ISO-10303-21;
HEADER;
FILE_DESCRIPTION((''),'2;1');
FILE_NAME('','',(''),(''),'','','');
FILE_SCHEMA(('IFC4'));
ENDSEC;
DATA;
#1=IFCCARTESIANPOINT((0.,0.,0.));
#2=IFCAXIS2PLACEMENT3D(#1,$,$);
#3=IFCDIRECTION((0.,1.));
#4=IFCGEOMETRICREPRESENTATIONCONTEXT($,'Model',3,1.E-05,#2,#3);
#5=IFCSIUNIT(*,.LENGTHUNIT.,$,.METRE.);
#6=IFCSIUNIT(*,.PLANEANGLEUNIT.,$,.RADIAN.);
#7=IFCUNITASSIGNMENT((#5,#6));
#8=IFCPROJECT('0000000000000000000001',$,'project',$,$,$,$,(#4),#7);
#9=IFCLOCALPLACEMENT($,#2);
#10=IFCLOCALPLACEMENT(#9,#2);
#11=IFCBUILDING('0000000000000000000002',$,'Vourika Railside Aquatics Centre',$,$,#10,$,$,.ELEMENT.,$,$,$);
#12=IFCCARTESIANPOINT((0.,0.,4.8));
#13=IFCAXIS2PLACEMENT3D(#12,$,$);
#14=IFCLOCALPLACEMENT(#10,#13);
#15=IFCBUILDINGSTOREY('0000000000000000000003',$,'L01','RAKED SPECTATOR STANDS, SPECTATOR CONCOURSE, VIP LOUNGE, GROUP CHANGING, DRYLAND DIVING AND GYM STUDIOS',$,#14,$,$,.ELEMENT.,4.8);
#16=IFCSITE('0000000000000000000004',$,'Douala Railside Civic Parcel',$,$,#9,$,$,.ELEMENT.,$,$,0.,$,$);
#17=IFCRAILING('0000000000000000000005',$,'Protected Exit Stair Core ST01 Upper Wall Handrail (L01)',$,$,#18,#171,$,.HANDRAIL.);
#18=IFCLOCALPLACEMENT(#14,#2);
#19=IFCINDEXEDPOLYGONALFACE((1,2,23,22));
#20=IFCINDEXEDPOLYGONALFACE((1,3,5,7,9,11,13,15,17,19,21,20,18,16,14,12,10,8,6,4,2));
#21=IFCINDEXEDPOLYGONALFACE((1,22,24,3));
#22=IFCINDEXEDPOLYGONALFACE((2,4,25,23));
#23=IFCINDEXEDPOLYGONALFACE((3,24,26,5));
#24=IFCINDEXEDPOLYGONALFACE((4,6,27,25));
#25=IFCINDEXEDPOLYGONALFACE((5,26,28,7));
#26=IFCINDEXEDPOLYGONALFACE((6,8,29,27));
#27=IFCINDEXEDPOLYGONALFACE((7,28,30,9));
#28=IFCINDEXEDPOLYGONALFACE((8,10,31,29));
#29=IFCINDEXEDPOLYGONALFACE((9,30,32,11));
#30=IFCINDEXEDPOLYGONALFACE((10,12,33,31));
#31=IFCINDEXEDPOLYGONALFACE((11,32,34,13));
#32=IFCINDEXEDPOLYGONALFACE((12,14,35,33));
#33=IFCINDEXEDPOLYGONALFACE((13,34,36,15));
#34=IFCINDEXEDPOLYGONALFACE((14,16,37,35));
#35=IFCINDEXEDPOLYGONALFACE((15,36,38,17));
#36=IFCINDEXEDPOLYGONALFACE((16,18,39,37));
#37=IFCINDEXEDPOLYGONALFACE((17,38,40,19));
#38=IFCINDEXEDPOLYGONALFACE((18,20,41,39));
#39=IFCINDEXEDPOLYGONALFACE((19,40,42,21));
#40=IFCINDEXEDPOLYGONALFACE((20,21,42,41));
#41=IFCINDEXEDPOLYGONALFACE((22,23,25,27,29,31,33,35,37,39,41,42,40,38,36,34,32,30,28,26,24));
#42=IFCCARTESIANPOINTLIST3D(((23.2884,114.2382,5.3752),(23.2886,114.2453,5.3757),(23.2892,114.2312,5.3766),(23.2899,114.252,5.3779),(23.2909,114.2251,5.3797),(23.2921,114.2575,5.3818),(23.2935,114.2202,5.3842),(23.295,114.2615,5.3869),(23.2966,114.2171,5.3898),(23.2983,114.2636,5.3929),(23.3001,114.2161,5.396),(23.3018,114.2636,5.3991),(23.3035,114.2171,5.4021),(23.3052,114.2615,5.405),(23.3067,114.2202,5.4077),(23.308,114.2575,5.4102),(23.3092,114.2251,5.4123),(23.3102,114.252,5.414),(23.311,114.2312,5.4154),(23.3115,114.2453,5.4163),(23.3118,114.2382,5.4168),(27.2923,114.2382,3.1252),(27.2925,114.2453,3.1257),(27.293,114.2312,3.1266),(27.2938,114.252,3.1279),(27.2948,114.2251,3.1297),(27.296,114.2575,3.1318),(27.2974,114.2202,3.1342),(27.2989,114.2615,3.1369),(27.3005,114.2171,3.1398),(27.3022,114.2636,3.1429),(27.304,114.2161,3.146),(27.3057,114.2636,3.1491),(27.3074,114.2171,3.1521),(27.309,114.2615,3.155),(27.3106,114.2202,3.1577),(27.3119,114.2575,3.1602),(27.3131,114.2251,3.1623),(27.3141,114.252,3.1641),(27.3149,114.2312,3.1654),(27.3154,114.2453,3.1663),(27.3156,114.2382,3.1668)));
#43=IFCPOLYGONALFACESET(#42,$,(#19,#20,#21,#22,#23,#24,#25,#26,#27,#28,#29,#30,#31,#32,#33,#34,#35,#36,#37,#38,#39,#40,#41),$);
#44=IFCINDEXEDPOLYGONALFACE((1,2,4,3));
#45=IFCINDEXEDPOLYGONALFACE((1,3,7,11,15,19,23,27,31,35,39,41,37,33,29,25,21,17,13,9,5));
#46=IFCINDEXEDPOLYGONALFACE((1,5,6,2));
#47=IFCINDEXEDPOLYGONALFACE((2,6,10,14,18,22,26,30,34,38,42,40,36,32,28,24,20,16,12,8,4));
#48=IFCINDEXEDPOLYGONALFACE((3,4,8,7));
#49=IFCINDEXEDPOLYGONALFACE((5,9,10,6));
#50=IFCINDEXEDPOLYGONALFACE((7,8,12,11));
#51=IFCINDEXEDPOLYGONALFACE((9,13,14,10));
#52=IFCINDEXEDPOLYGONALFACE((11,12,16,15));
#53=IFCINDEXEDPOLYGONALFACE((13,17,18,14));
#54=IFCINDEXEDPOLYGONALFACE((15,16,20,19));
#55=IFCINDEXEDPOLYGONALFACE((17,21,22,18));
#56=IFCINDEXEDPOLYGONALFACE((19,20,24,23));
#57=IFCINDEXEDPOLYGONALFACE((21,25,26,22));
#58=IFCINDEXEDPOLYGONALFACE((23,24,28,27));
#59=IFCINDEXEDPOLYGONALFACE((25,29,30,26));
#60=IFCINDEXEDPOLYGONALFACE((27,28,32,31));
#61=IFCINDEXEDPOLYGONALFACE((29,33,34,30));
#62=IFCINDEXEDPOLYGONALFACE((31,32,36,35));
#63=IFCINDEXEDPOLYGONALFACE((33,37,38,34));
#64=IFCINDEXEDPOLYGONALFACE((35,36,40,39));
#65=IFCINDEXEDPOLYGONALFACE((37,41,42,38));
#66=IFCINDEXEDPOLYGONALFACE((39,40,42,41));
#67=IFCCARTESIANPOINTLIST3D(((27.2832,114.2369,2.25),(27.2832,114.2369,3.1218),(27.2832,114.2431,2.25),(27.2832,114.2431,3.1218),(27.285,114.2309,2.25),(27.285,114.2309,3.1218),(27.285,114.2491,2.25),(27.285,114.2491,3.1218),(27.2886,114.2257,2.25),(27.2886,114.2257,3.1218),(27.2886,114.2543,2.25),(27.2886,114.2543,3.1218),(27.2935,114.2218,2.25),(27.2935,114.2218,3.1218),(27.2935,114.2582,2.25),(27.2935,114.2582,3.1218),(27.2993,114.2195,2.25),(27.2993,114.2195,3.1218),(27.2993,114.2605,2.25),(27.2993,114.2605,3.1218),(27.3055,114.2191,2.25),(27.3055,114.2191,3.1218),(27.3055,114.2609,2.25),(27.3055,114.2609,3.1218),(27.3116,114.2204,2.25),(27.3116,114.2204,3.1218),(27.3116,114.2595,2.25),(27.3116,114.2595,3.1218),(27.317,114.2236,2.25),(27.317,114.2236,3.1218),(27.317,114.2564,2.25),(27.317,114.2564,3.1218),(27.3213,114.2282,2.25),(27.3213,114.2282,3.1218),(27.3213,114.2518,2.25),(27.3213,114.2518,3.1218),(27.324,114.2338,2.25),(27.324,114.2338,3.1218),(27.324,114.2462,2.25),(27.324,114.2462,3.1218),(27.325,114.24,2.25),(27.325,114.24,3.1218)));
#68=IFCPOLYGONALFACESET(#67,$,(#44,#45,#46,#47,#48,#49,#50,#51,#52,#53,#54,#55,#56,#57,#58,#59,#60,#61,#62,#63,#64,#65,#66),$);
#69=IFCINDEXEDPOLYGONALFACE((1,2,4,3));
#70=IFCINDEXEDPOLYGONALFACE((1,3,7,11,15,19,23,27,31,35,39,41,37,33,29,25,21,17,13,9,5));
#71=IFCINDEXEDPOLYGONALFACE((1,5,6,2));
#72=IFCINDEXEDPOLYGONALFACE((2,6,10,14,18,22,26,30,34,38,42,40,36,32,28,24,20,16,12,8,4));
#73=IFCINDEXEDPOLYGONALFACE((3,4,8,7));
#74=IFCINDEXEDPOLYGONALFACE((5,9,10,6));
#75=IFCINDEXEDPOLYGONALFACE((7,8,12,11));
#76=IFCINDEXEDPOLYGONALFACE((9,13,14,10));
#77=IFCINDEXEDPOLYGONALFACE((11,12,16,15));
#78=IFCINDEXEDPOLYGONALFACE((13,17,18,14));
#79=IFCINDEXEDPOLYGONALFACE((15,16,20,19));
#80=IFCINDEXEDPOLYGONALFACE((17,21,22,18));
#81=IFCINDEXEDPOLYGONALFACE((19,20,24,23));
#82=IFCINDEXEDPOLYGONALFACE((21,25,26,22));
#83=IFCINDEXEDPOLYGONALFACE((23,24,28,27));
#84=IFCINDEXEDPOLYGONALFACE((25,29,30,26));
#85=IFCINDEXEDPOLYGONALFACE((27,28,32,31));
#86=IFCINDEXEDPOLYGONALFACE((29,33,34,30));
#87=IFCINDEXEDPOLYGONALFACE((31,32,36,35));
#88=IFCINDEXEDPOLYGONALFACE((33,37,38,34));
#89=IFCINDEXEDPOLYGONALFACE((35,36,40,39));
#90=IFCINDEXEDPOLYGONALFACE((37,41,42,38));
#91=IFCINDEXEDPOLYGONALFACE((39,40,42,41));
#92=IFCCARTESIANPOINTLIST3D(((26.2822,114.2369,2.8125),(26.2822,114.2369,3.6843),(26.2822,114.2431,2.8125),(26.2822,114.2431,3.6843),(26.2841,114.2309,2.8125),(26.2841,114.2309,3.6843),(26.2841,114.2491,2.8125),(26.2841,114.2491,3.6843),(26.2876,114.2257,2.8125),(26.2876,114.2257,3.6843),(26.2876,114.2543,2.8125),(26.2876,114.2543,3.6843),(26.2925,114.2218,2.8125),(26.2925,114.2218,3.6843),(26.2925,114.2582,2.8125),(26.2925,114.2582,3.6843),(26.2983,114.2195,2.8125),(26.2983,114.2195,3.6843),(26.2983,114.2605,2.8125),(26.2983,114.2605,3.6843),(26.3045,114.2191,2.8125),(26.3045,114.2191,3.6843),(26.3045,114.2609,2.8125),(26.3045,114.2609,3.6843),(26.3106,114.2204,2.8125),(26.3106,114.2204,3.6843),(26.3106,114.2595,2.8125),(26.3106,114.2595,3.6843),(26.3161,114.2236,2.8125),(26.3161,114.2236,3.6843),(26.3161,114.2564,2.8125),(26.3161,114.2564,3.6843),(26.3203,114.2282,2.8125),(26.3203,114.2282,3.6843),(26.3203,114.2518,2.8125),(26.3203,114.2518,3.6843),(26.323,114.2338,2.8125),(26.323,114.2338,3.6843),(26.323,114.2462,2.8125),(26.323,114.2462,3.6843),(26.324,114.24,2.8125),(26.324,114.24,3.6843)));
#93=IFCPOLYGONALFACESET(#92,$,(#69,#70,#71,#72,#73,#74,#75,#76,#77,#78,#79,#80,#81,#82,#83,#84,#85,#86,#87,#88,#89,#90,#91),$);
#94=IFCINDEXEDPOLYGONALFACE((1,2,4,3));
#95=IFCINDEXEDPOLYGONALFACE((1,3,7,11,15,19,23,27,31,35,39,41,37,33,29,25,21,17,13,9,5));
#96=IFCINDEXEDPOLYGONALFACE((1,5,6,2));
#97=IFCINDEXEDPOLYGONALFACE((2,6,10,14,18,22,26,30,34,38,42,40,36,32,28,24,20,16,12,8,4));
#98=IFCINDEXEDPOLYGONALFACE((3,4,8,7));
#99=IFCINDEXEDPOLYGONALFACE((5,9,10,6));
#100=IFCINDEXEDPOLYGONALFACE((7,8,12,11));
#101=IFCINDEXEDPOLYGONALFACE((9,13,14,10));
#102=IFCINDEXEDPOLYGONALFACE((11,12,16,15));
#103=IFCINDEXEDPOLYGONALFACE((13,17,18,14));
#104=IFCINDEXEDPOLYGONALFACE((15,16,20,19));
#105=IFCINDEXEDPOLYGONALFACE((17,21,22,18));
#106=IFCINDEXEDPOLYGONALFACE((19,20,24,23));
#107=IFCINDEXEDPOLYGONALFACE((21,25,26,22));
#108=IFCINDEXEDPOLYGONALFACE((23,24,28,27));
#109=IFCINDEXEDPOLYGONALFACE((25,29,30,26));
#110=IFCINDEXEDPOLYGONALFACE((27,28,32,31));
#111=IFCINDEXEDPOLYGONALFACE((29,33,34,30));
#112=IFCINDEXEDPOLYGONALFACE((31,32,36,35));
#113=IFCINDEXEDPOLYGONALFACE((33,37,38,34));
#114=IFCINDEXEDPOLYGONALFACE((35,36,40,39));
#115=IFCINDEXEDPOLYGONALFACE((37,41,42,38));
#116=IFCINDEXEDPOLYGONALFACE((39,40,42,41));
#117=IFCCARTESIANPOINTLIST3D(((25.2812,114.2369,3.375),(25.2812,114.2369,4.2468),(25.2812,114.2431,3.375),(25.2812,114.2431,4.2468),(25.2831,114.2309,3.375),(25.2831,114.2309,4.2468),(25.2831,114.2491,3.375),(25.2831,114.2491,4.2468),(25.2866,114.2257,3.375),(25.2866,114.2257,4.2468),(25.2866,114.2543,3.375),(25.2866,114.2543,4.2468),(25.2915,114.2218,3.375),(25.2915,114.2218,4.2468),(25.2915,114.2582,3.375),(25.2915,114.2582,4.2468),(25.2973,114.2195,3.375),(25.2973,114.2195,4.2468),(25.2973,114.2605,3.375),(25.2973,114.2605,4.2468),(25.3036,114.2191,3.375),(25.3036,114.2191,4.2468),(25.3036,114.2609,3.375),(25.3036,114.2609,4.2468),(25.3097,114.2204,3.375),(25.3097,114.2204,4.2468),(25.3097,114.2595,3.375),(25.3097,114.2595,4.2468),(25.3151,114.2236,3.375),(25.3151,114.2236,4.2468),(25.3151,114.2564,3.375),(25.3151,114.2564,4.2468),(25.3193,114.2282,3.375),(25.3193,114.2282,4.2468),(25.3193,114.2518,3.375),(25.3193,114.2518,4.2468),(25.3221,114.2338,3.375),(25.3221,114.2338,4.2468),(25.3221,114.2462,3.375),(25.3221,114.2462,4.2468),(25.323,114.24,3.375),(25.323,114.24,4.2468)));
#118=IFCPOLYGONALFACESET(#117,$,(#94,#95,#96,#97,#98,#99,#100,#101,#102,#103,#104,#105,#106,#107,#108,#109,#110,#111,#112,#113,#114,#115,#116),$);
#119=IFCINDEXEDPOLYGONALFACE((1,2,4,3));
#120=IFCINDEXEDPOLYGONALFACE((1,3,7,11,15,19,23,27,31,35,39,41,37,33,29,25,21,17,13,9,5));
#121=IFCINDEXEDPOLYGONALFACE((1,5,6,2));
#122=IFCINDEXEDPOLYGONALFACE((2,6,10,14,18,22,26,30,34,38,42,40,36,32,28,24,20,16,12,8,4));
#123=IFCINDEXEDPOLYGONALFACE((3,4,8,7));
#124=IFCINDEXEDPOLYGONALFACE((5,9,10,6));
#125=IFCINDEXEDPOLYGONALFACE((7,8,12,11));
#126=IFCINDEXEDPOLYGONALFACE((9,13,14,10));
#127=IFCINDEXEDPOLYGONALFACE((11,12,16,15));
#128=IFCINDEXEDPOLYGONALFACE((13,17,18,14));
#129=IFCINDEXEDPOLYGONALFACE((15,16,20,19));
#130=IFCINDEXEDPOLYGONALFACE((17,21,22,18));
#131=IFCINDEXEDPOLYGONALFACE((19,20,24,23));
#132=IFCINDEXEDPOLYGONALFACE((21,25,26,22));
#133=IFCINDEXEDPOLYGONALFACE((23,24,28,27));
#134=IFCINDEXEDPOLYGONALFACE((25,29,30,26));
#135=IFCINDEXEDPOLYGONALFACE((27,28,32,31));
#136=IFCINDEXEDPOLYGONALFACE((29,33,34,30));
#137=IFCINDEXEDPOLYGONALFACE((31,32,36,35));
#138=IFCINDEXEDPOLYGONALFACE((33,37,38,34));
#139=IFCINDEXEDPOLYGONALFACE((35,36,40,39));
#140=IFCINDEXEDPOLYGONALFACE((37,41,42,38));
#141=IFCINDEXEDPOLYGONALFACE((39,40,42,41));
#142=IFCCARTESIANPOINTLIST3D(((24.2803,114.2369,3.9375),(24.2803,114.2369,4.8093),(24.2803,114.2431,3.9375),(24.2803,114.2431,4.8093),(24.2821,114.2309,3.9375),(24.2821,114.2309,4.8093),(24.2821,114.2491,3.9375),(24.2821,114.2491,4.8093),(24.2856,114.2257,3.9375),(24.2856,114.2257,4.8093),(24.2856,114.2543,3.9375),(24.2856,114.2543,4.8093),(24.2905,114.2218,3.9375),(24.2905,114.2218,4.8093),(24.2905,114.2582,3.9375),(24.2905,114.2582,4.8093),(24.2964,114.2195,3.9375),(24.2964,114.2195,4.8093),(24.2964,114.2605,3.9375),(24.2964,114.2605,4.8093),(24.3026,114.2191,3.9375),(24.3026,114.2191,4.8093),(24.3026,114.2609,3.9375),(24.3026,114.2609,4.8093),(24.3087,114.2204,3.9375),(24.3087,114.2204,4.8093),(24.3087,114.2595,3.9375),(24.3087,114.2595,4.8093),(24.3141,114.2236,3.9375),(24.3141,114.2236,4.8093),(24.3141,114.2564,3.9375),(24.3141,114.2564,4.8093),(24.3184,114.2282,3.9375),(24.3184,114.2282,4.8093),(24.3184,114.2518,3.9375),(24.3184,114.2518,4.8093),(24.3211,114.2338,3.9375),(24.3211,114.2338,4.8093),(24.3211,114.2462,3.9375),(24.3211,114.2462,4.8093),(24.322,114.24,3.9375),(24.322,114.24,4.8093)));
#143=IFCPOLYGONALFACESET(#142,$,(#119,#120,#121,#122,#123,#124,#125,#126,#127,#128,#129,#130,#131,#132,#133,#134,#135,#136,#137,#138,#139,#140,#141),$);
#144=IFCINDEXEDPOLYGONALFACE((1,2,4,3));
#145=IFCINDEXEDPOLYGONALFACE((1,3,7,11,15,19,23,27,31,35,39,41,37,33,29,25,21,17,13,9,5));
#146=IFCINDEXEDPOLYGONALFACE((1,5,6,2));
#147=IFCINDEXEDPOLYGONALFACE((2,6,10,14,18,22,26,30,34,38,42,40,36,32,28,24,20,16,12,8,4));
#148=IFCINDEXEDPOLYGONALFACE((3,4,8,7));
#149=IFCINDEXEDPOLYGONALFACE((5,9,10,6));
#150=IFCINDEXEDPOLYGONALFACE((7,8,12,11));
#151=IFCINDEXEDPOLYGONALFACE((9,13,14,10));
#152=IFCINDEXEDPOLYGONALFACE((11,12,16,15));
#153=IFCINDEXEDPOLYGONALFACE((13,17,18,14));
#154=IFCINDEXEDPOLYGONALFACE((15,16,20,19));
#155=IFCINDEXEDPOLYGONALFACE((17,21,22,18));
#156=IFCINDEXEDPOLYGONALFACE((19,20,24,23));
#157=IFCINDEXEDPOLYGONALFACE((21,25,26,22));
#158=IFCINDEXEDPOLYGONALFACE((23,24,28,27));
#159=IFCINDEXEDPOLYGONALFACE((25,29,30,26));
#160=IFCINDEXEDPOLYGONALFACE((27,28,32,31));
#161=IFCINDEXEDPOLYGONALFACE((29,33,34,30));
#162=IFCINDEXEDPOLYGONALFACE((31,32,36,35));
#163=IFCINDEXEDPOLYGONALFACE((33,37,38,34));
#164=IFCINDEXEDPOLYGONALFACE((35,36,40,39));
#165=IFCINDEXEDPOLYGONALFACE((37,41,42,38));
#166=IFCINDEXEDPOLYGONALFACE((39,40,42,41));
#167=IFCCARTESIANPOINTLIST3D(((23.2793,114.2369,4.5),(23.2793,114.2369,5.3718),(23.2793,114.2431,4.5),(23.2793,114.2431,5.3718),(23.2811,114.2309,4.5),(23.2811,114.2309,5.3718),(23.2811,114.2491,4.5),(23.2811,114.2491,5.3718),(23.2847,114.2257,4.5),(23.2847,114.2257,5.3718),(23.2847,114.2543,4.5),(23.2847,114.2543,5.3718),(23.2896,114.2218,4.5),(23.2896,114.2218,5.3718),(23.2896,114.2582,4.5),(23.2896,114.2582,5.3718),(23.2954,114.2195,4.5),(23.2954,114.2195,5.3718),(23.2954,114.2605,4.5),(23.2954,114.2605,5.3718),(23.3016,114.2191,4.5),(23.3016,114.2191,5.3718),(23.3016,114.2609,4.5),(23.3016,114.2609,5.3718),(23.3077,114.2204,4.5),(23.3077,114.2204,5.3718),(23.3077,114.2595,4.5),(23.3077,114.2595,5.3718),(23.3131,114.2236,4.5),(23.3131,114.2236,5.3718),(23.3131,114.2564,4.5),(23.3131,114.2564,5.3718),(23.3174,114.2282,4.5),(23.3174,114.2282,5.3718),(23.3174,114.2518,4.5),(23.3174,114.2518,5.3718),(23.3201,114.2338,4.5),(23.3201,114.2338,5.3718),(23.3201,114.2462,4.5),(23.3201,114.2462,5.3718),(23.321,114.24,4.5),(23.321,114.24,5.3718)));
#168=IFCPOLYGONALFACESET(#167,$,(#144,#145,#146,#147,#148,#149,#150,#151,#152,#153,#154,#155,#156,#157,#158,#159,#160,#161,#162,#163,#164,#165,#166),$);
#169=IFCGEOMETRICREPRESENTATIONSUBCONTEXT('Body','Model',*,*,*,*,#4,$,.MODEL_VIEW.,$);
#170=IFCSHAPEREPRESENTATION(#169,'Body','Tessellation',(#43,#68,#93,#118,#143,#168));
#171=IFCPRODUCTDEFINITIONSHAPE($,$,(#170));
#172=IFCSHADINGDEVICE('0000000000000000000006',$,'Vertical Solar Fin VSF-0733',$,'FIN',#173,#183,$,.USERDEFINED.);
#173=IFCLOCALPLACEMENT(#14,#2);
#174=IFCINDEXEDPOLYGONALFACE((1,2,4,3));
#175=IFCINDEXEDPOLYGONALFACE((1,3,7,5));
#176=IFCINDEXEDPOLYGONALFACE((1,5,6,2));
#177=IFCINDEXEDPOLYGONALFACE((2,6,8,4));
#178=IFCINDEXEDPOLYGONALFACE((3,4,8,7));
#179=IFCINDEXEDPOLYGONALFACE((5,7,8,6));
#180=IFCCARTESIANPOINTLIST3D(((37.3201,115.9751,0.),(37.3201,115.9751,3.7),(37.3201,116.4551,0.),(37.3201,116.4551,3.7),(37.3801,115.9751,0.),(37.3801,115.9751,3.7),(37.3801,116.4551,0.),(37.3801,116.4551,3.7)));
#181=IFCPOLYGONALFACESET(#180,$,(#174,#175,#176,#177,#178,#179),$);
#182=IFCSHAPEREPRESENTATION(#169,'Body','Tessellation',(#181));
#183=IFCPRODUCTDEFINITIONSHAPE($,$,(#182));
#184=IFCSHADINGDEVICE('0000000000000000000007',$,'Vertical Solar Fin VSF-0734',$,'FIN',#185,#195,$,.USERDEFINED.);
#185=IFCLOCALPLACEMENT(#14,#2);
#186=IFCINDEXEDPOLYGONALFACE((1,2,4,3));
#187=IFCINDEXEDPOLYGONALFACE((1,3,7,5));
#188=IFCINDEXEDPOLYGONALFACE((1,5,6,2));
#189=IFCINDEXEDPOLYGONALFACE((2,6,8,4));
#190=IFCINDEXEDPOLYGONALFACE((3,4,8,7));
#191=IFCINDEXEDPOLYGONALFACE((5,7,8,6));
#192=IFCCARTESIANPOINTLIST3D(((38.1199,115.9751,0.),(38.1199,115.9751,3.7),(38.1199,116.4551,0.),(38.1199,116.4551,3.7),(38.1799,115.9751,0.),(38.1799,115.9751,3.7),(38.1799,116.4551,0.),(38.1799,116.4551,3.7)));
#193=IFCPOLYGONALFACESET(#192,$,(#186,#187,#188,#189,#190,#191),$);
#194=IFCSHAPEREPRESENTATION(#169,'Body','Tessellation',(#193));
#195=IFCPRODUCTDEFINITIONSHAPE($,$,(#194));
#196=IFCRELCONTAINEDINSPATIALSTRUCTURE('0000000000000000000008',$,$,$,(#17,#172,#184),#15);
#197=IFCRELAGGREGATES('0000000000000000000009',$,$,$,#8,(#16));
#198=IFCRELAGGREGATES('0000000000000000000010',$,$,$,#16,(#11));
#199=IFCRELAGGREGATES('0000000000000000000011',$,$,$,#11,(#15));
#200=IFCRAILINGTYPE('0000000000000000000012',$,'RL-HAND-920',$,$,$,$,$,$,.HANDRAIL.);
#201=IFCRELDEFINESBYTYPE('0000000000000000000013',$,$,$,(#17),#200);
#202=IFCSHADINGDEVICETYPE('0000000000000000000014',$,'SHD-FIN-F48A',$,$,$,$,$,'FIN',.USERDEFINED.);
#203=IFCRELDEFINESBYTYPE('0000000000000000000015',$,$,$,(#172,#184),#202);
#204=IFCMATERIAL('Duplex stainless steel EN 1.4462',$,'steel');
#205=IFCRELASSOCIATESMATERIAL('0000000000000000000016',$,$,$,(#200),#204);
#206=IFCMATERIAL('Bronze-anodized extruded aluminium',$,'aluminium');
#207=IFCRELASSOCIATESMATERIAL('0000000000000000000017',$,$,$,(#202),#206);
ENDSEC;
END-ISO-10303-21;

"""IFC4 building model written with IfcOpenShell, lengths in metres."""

from ifc_helpers import new_model, si_unit, direction, frame, origin, origin_2d, place, context, subcontext, project, spatial, rectangle, circle, extrude, material, material_profile, profile_set, type_object, element, save


model = new_model("IFC4")

# Units and contexts
model_context = context("Model", 3, precision=1e-05, world=origin(), true_north=direction((0.0, 1.0)))
body_context = subcontext(model_context, "Body", "Model", "MODEL_VIEW")
ifc_project = project(units=[si_unit("LENGTHUNIT", "METRE"), si_unit("PLANEANGLEUNIT", "RADIAN")], contexts=[model_context])

# Site, building, storey
site_placement = place(None, origin())
site = spatial("IfcSite", under=ifc_project, at=site_placement, Name="Douala Railside Civic Parcel", CompositionType="ELEMENT", RefElevation=0.0)
building_placement = place(site_placement, origin())
building = spatial("IfcBuilding", under=site, at=building_placement, Name="Vourika Railside Aquatics Centre", CompositionType="ELEMENT")
storey_placement = place(building_placement, frame((0.0, 0.0, 4.8)))
storey = spatial("IfcBuildingStorey", under=building, at=storey_placement, Name="L01", Description="RAKED SPECTATOR STANDS, SPECTATOR CONCOURSE, VIP LOUNGE, GROUP CHANGING, DRYLAND DIVING AND GYM STUDIOS", CompositionType="ELEMENT", Elevation=4.8)

# Railing
ifc_material_1 = material(Name="Duplex stainless steel EN 1.4462", Category="steel")
railing_type = type_object("IfcRailingType", Name="RL-HAND-920", PredefinedType="HANDRAIL", material=ifc_material_1)
railing_placement = place(storey_placement, frame((27.304, 114.24, 2.25)))
element("IfcRailing", 1, at=railing_placement, inside=storey, type_object=railing_type, Name="Protected Exit Stair Core ST01 Upper Wall Handrail (L01)", PredefinedType="HANDRAIL", context=body_context, shape_type="SweptSolid", body=[
    extrude(circle(Radius=0.0239, at=origin_2d()), frame((0.0, 0.0, 0.896), z_axis=(-0.87178, 0.0, 0.489898), x_axis=(0.0, -1.0, 0.0)), (0.0, 0.0, 1.0), 4.5928),
    extrude(circle(Radius=0.021, at=origin_2d()), origin(), (0.0, 0.0, 1.0), 0.8718),
    extrude(circle(Radius=0.021, at=origin_2d()), frame((-1.001, 0.0, 0.5625)), (0.0, 0.0, 1.0), 0.8718),
    extrude(circle(Radius=0.021, at=origin_2d()), frame((-2.002, 0.0, 1.125)), (0.0, 0.0, 1.0), 0.8718),
    extrude(circle(Radius=0.021, at=origin_2d()), frame((-3.0029, 0.0, 1.6875)), (0.0, 0.0, 1.0), 0.8718),
    extrude(circle(Radius=0.021, at=origin_2d()), frame((-4.0039, 0.0, 2.25)), (0.0, 0.0, 1.0), 0.8718),
])

# Shading devices
ifc_material_2 = material(Name="Bronze-anodized extruded aluminium", Category="aluminium")
ifc_material_profile_1 = material_profile(ifc_material_2, rectangle(XDim=0.0601, YDim=0.48, at=origin_2d()), Name="ALU-FIN 60x480")
ifc_profile_set_1 = profile_set([ifc_material_profile_1], Name="Bronze-anodized extruded aluminium")
shading_device_type = type_object("IfcShadingDeviceType", Name="SHD-FIN-F48A", ElementType="FIN", PredefinedType="USERDEFINED", material=ifc_profile_set_1)
for number, where, z_axis, x_axis, name in (
    (2, (37.3501, 116.2151, 0.0), (0.0, 0.0, 1.0), (1.0, 0.0, 0.0), "Vertical Solar Fin VSF-0733"),
    (3, (38.1499, 116.2151, 0.0), (0.0, 0.0, 1.0), (1.0, 0.0, 0.0), "Vertical Solar Fin VSF-0734"),
):
    element("IfcShadingDevice", number, at=place(storey_placement, frame(where, z_axis=z_axis, x_axis=x_axis)), inside=storey, type_object=shading_device_type, Name=name, ObjectType="FIN", PredefinedType="USERDEFINED", context=body_context, shape_type="SweptSolid", body=[
        extrude(rectangle(XDim=0.0601, YDim=0.48, at=origin_2d()), origin(), (0.0, 0.0, 1.0), 3.7),
    ])

save(model, "model.ifc")
